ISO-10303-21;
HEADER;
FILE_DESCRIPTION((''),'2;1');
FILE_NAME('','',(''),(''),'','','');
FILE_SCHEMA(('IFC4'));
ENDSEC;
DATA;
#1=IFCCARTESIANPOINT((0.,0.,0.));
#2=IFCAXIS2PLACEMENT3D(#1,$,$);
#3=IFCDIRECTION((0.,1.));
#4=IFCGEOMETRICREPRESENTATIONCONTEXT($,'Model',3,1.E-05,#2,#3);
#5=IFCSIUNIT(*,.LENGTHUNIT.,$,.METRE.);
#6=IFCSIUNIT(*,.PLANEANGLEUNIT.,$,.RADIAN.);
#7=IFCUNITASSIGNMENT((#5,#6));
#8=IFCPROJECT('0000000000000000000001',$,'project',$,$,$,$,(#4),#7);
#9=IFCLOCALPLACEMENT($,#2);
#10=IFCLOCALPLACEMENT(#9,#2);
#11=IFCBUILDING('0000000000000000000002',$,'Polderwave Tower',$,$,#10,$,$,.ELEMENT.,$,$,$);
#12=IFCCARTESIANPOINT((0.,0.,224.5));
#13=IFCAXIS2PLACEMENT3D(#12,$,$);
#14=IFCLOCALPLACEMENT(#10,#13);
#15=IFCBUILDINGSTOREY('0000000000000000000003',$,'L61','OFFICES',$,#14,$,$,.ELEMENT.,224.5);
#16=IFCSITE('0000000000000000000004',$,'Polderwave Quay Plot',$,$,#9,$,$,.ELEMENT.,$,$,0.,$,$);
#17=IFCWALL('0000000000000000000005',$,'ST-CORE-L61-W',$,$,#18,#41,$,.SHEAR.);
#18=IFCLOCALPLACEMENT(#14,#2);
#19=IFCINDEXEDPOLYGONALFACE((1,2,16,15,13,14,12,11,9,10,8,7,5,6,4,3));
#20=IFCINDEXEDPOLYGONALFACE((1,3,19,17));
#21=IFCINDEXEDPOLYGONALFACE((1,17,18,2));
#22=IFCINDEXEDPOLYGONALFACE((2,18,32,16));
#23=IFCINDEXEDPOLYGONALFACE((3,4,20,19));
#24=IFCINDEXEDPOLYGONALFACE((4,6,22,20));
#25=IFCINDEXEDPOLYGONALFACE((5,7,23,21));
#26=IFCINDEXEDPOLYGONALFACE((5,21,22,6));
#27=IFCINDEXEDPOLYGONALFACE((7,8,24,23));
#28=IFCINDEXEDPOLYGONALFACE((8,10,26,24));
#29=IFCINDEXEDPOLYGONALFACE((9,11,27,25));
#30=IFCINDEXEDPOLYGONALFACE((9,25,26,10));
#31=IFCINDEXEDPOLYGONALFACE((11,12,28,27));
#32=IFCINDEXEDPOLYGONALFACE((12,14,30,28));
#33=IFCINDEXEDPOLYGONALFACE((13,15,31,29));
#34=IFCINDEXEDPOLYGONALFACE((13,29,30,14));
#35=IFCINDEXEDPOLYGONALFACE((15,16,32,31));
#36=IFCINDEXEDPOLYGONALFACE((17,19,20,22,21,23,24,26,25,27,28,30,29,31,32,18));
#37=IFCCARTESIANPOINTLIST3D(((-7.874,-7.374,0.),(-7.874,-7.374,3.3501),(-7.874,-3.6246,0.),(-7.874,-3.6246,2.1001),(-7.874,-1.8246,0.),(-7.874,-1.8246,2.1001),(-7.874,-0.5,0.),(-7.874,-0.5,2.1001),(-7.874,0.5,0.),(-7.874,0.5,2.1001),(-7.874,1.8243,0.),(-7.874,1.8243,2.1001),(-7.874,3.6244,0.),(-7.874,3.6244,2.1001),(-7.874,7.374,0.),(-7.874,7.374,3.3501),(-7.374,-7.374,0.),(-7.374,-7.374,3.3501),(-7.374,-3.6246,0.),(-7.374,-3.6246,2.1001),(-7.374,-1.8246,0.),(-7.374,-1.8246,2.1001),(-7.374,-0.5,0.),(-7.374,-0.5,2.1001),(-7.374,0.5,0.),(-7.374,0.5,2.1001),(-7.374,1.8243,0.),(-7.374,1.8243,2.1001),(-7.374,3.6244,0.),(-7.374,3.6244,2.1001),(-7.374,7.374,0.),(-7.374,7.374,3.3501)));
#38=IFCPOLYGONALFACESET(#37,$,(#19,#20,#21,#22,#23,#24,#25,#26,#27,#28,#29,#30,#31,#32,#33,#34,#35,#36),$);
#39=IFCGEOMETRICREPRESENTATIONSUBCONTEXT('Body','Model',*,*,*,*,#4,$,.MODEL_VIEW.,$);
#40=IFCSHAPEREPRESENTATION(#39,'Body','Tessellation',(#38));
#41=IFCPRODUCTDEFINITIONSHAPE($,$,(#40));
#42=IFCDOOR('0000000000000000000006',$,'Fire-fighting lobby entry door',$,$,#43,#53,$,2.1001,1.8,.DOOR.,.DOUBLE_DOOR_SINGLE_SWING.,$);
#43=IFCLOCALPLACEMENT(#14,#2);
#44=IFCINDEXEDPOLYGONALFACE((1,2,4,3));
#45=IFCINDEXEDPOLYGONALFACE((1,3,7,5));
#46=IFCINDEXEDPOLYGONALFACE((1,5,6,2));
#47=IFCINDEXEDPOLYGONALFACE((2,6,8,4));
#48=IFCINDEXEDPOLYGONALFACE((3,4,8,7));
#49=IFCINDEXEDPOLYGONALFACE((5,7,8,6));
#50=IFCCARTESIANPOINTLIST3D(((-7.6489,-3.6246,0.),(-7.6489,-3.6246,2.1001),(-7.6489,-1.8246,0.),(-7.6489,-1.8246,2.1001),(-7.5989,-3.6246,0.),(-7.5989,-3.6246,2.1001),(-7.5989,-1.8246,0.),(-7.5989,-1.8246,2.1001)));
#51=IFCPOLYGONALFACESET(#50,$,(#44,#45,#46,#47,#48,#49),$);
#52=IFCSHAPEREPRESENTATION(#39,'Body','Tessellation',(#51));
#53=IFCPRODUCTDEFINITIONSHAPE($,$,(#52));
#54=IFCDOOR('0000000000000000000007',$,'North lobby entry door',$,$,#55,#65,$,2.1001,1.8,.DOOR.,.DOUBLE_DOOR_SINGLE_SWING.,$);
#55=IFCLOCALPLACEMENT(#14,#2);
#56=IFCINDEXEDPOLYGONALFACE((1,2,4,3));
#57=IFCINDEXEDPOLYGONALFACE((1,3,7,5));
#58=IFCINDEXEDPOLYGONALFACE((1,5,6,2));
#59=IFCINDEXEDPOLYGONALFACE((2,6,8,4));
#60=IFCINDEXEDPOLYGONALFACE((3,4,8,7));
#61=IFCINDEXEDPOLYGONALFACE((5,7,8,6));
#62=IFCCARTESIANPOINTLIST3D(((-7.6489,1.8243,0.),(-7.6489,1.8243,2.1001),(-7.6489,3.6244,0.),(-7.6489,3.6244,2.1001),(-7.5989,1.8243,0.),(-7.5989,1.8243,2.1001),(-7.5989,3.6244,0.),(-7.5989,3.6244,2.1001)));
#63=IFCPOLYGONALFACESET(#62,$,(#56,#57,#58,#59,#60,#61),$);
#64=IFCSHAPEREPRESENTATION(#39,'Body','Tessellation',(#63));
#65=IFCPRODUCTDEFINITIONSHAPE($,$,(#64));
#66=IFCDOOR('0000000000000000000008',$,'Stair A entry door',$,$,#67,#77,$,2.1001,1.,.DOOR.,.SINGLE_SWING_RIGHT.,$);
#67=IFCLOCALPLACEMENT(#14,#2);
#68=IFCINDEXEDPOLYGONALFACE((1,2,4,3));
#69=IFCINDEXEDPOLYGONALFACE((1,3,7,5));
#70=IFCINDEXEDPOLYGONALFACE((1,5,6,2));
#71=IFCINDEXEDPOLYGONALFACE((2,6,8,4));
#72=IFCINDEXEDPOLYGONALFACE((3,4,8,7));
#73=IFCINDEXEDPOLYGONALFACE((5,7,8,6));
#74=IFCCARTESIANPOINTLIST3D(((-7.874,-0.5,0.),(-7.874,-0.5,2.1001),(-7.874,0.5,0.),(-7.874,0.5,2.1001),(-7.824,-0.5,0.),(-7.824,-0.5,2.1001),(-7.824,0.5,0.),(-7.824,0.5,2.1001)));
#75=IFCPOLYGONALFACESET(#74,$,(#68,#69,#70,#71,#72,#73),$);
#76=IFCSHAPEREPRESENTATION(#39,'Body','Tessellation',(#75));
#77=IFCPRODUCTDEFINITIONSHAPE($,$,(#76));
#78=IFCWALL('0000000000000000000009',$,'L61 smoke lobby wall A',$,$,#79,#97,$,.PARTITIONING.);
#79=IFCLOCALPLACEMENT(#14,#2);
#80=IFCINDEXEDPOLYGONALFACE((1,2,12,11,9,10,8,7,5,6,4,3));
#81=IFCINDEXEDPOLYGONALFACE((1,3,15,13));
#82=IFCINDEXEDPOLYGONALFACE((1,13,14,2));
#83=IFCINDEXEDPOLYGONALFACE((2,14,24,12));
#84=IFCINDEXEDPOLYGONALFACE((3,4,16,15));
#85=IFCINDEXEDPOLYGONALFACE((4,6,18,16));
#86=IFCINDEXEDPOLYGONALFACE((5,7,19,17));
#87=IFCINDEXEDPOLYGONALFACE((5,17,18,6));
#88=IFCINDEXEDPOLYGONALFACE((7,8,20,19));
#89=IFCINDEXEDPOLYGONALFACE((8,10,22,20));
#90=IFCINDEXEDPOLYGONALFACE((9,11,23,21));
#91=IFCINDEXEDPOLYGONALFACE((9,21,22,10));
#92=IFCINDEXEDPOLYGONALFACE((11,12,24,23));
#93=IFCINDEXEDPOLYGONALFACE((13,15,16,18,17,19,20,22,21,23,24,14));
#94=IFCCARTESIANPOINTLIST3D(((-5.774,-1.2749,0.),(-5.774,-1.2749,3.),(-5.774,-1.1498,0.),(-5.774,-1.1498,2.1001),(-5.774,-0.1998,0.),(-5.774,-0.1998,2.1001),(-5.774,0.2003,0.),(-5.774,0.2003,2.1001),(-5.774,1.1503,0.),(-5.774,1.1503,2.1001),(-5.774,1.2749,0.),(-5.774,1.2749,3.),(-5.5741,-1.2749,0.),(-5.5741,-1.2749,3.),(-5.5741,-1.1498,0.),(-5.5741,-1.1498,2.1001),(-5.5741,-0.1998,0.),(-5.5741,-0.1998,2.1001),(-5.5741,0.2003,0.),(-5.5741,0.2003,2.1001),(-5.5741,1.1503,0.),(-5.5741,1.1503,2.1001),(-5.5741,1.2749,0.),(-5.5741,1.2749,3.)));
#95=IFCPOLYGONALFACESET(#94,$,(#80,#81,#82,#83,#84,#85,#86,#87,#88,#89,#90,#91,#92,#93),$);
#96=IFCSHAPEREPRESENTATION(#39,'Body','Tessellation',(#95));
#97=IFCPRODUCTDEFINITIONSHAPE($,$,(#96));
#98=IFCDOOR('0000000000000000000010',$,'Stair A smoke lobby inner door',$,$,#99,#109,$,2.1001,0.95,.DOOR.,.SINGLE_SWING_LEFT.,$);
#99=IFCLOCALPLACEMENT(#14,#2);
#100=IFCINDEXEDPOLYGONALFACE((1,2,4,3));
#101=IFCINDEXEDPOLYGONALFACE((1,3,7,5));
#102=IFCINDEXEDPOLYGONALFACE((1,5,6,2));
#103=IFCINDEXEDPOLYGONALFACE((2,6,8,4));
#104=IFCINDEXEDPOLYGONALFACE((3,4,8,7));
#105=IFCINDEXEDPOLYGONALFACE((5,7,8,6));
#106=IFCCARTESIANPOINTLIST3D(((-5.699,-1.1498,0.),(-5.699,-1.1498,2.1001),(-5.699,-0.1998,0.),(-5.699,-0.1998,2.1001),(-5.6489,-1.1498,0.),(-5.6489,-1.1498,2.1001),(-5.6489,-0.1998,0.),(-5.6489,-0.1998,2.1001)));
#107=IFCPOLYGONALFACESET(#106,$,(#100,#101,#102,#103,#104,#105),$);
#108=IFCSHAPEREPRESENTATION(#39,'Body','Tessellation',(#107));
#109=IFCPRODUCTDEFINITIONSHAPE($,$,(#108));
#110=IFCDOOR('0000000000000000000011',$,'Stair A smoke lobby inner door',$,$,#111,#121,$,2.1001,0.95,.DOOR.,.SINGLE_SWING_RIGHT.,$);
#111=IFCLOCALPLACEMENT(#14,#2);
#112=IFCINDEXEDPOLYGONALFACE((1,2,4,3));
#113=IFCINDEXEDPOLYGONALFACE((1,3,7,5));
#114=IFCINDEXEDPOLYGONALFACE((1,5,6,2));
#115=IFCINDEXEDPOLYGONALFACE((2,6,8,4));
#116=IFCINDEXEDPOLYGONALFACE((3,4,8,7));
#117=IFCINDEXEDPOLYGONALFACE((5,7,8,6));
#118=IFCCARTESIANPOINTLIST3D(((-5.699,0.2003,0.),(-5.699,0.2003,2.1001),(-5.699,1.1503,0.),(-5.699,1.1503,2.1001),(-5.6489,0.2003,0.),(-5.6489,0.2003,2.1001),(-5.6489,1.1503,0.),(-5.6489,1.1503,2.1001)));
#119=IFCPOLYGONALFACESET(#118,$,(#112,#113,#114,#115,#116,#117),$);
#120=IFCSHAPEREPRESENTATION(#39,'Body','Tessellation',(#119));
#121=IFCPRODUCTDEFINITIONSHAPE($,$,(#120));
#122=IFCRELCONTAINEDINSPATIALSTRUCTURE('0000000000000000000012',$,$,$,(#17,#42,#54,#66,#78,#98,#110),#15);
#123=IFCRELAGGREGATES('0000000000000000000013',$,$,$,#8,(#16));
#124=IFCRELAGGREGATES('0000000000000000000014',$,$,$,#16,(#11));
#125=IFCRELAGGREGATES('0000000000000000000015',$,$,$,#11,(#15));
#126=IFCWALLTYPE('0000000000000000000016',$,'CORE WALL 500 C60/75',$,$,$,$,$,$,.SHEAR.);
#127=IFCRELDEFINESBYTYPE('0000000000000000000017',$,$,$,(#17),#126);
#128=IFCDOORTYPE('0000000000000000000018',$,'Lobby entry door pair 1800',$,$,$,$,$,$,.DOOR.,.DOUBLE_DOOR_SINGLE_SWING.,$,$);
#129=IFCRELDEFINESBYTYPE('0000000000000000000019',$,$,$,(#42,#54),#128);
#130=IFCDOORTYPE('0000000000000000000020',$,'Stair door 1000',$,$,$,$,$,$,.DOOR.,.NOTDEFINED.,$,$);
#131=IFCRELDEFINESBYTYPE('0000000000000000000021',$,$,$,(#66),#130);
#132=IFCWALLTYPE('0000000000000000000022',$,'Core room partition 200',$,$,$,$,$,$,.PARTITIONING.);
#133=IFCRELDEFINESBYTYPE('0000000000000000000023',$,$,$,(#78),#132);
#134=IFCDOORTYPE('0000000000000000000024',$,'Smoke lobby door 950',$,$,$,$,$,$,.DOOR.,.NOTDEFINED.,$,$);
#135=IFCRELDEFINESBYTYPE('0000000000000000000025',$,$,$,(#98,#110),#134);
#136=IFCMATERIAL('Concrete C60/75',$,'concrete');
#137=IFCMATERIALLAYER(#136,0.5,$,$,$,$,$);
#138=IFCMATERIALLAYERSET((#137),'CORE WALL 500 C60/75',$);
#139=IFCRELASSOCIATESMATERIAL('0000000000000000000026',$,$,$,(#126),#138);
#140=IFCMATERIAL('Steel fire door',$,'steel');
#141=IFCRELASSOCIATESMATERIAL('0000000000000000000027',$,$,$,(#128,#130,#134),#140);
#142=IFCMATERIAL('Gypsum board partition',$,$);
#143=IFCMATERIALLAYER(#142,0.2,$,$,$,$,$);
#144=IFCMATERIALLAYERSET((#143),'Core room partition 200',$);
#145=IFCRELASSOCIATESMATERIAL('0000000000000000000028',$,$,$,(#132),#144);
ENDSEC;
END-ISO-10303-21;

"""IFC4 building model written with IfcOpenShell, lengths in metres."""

from ifc_helpers import new_model, si_unit, direction, frame, frame_2d, origin, place, context, subcontext, project, spatial, rectangle, extrude, material, layer, layer_set, type_object, element, fill, save


model = new_model("IFC4")

# Units and contexts
model_context = context("Model", 3, precision=1e-05, world=origin(), true_north=direction((0.0, 1.0)))
body_context = subcontext(model_context, "Body", "Model", "MODEL_VIEW")
ifc_project = project(units=[si_unit("LENGTHUNIT", "METRE"), si_unit("PLANEANGLEUNIT", "RADIAN")], contexts=[model_context])

# Site, building, storey
site_placement = place(None, origin())
site = spatial("IfcSite", under=ifc_project, at=site_placement, Name="Polderwave Quay Plot", CompositionType="ELEMENT", RefElevation=0.0)
building_placement = place(site_placement, origin())
building = spatial("IfcBuilding", under=site, at=building_placement, Name="Polderwave Tower", CompositionType="ELEMENT")
storey_placement = place(building_placement, frame((0.0, 0.0, 224.5)))
storey = spatial("IfcBuildingStorey", under=building, at=storey_placement, Name="L61", Description="OFFICES", CompositionType="ELEMENT", Elevation=224.5)

# Walls, openings, doors
ifc_material_1 = material(Name="Concrete C60/75", Category="concrete")
ifc_layer_1 = layer(ifc_material_1, 0.5)
ifc_layer_set_1 = layer_set([ifc_layer_1], Name="CORE WALL 500 C60/75")
wall_type_1 = type_object("IfcWallType", Name="CORE WALL 500 C60/75", PredefinedType="SHEAR", material=ifc_layer_set_1)
wall_1_placement = place(storey_placement, frame((-7.624, -7.374, 0.0), z_axis=(0.0, 0.0, 1.0), x_axis=(0.0, 1.0, 0.0)))
wall_1 = element("IfcWall", 1, at=wall_1_placement, inside=storey, type_object=wall_type_1, Name="ST-CORE-L61-W", PredefinedType="SHEAR", context=body_context, shape_type="SweptSolid", body=[
    extrude(rectangle(XDim=14.748, YDim=0.5, at=frame_2d((7.374, 0.0))), origin(), (0.0, 0.0, 1.0), 3.3501),
])
opening_1_placement = place(wall_1_placement, frame((6.874, 0.0, 0.0)))
opening_1 = element("IfcOpeningElement", 2, at=opening_1_placement, cuts=wall_1, PredefinedType="OPENING", context=body_context, shape_type="SweptSolid", body=[
    extrude(rectangle(XDim=1.0, YDim=2.1001, at=frame_2d((0.5, 1.05))), frame((0.0, 0.26, 0.0), z_axis=(0.0, -1.0, 0.0), x_axis=(1.0, 0.0, 0.0)), (0.0, 0.0, 1.0), 0.52),
])
opening_2_placement = place(wall_1_placement, frame((3.7495, 0.0, 0.0)))
opening_2 = element("IfcOpeningElement", 3, at=opening_2_placement, cuts=wall_1, PredefinedType="OPENING", context=body_context, shape_type="SweptSolid", body=[
    extrude(rectangle(XDim=1.8, YDim=2.1001, at=frame_2d((0.8999, 1.05))), frame((0.0, 0.26, 0.0), z_axis=(0.0, -1.0, 0.0), x_axis=(1.0, 0.0, 0.0)), (0.0, 0.0, 1.0), 0.52),
])
opening_3_placement = place(wall_1_placement, frame((9.1985, 0.0, 0.0)))
opening_3 = element("IfcOpeningElement", 4, at=opening_3_placement, cuts=wall_1, PredefinedType="OPENING", context=body_context, shape_type="SweptSolid", body=[
    extrude(rectangle(XDim=1.8, YDim=2.1001, at=frame_2d((0.8999, 1.05))), frame((0.0, 0.26, 0.0), z_axis=(0.0, -1.0, 0.0), x_axis=(1.0, 0.0, 0.0)), (0.0, 0.0, 1.0), 0.52),
])
ifc_material_2 = material(Name="Steel fire door", Category="steel")
door_type_1 = type_object("IfcDoorType", Name="Lobby entry door pair 1800", OperationType="DOUBLE_DOOR_SINGLE_SWING", PredefinedType="DOOR", material=ifc_material_2)
door_1_placement = place(opening_2_placement, origin())
door_1 = element("IfcDoor", 5, at=door_1_placement, inside=storey, type_object=door_type_1, Name="Fire-fighting lobby entry door", OperationType="DOUBLE_DOOR_SINGLE_SWING", OverallHeight=2.1001, OverallWidth=1.8, PredefinedType="DOOR", context=body_context, shape_type="SweptSolid", body=[
    extrude(rectangle(XDim=1.8, YDim=2.1001, at=frame_2d((0.8999, 1.05))), frame((0.0, 0.0249, 0.0), z_axis=(0.0, -1.0, 0.0), x_axis=(1.0, 0.0, 0.0)), (0.0, 0.0, 1.0), 0.05),
])
fill(opening_2, door_1)
door_2_placement = place(opening_3_placement, origin())
door_2 = element("IfcDoor", 6, at=door_2_placement, inside=storey, type_object=door_type_1, Name="North lobby entry door", OperationType="DOUBLE_DOOR_SINGLE_SWING", OverallHeight=2.1001, OverallWidth=1.8, PredefinedType="DOOR", context=body_context, shape_type="SweptSolid", body=[
    extrude(rectangle(XDim=1.8, YDim=2.1001, at=frame_2d((0.8999, 1.05))), frame((0.0, 0.0249, 0.0), z_axis=(0.0, -1.0, 0.0), x_axis=(1.0, 0.0, 0.0)), (0.0, 0.0, 1.0), 0.05),
])
fill(opening_3, door_2)
door_type_2 = type_object("IfcDoorType", Name="Stair door 1000", OperationType="NOTDEFINED", PredefinedType="DOOR", material=ifc_material_2)
door_3_placement = place(opening_1_placement, origin())
door_3 = element("IfcDoor", 7, at=door_3_placement, inside=storey, type_object=door_type_2, Name="Stair A entry door", OperationType="SINGLE_SWING_RIGHT", OverallHeight=2.1001, OverallWidth=1.0, PredefinedType="DOOR", context=body_context, shape_type="SweptSolid", body=[
    extrude(rectangle(XDim=1.0, YDim=2.1001, at=frame_2d((0.5, 1.05))), frame((0.0, 0.25, 0.0), z_axis=(0.0, -1.0, 0.0), x_axis=(1.0, 0.0, 0.0)), (0.0, 0.0, 1.0), 0.05),
])
fill(opening_1, door_3)
ifc_material_3 = material(Name="Gypsum board partition")
ifc_layer_2 = layer(ifc_material_3, 0.2)
ifc_layer_set_2 = layer_set([ifc_layer_2], Name="Core room partition 200")
wall_type_2 = type_object("IfcWallType", Name="Core room partition 200", PredefinedType="PARTITIONING", material=ifc_layer_set_2)
wall_2_placement = place(storey_placement, frame((-5.6741, -1.2749, 0.0), z_axis=(0.0, 0.0, 1.0), x_axis=(0.0, 1.0, 0.0)))
wall_2 = element("IfcWall", 8, at=wall_2_placement, inside=storey, type_object=wall_type_2, Name="L61 smoke lobby wall A", PredefinedType="PARTITIONING", context=body_context, shape_type="SweptSolid", body=[
    extrude(rectangle(XDim=2.5498, YDim=0.2, at=frame_2d((1.2749, 0.0))), origin(), (0.0, 0.0, 1.0), 3.0),
])
opening_4_placement = place(wall_2_placement, frame((0.125, 0.0, 0.0)))
opening_4 = element("IfcOpeningElement", 9, at=opening_4_placement, cuts=wall_2, PredefinedType="OPENING", context=body_context, shape_type="SweptSolid", body=[
    extrude(rectangle(XDim=0.95, YDim=2.1001, at=frame_2d((0.4751, 1.05))), frame((0.0, 0.1099, 0.0), z_axis=(0.0, -1.0, 0.0), x_axis=(1.0, 0.0, 0.0)), (0.0, 0.0, 1.0), 0.22),
])
opening_5_placement = place(wall_2_placement, frame((1.4751, 0.0, 0.0)))
opening_5 = element("IfcOpeningElement", 10, at=opening_5_placement, cuts=wall_2, PredefinedType="OPENING", context=body_context, shape_type="SweptSolid", body=[
    extrude(rectangle(XDim=0.95, YDim=2.1001, at=frame_2d((0.4751, 1.05))), frame((0.0, 0.1099, 0.0), z_axis=(0.0, -1.0, 0.0), x_axis=(1.0, 0.0, 0.0)), (0.0, 0.0, 1.0), 0.22),
])
door_type_3 = type_object("IfcDoorType", Name="Smoke lobby door 950", OperationType="NOTDEFINED", PredefinedType="DOOR", material=ifc_material_2)
door_4_placement = place(opening_4_placement, origin())
door_4 = element("IfcDoor", 11, at=door_4_placement, inside=storey, type_object=door_type_3, Name="Stair A smoke lobby inner door", OperationType="SINGLE_SWING_LEFT", OverallHeight=2.1001, OverallWidth=0.95, PredefinedType="DOOR", context=body_context, shape_type="SweptSolid", body=[
    extrude(rectangle(XDim=0.95, YDim=2.1001, at=frame_2d((0.4751, 1.05))), frame((0.0, 0.0249, 0.0), z_axis=(0.0, -1.0, 0.0), x_axis=(1.0, 0.0, 0.0)), (0.0, 0.0, 1.0), 0.05),
])
fill(opening_4, door_4)
door_5_placement = place(opening_5_placement, origin())
door_5 = element("IfcDoor", 12, at=door_5_placement, inside=storey, type_object=door_type_3, Name="Stair A smoke lobby inner door", OperationType="SINGLE_SWING_RIGHT", OverallHeight=2.1001, OverallWidth=0.95, PredefinedType="DOOR", context=body_context, shape_type="SweptSolid", body=[
    extrude(rectangle(XDim=0.95, YDim=2.1001, at=frame_2d((0.4751, 1.05))), frame((0.0, 0.0249, 0.0), z_axis=(0.0, -1.0, 0.0), x_axis=(1.0, 0.0, 0.0)), (0.0, 0.0, 1.0), 0.05),
])
fill(opening_5, door_5)

save(model, "model.ifc")
